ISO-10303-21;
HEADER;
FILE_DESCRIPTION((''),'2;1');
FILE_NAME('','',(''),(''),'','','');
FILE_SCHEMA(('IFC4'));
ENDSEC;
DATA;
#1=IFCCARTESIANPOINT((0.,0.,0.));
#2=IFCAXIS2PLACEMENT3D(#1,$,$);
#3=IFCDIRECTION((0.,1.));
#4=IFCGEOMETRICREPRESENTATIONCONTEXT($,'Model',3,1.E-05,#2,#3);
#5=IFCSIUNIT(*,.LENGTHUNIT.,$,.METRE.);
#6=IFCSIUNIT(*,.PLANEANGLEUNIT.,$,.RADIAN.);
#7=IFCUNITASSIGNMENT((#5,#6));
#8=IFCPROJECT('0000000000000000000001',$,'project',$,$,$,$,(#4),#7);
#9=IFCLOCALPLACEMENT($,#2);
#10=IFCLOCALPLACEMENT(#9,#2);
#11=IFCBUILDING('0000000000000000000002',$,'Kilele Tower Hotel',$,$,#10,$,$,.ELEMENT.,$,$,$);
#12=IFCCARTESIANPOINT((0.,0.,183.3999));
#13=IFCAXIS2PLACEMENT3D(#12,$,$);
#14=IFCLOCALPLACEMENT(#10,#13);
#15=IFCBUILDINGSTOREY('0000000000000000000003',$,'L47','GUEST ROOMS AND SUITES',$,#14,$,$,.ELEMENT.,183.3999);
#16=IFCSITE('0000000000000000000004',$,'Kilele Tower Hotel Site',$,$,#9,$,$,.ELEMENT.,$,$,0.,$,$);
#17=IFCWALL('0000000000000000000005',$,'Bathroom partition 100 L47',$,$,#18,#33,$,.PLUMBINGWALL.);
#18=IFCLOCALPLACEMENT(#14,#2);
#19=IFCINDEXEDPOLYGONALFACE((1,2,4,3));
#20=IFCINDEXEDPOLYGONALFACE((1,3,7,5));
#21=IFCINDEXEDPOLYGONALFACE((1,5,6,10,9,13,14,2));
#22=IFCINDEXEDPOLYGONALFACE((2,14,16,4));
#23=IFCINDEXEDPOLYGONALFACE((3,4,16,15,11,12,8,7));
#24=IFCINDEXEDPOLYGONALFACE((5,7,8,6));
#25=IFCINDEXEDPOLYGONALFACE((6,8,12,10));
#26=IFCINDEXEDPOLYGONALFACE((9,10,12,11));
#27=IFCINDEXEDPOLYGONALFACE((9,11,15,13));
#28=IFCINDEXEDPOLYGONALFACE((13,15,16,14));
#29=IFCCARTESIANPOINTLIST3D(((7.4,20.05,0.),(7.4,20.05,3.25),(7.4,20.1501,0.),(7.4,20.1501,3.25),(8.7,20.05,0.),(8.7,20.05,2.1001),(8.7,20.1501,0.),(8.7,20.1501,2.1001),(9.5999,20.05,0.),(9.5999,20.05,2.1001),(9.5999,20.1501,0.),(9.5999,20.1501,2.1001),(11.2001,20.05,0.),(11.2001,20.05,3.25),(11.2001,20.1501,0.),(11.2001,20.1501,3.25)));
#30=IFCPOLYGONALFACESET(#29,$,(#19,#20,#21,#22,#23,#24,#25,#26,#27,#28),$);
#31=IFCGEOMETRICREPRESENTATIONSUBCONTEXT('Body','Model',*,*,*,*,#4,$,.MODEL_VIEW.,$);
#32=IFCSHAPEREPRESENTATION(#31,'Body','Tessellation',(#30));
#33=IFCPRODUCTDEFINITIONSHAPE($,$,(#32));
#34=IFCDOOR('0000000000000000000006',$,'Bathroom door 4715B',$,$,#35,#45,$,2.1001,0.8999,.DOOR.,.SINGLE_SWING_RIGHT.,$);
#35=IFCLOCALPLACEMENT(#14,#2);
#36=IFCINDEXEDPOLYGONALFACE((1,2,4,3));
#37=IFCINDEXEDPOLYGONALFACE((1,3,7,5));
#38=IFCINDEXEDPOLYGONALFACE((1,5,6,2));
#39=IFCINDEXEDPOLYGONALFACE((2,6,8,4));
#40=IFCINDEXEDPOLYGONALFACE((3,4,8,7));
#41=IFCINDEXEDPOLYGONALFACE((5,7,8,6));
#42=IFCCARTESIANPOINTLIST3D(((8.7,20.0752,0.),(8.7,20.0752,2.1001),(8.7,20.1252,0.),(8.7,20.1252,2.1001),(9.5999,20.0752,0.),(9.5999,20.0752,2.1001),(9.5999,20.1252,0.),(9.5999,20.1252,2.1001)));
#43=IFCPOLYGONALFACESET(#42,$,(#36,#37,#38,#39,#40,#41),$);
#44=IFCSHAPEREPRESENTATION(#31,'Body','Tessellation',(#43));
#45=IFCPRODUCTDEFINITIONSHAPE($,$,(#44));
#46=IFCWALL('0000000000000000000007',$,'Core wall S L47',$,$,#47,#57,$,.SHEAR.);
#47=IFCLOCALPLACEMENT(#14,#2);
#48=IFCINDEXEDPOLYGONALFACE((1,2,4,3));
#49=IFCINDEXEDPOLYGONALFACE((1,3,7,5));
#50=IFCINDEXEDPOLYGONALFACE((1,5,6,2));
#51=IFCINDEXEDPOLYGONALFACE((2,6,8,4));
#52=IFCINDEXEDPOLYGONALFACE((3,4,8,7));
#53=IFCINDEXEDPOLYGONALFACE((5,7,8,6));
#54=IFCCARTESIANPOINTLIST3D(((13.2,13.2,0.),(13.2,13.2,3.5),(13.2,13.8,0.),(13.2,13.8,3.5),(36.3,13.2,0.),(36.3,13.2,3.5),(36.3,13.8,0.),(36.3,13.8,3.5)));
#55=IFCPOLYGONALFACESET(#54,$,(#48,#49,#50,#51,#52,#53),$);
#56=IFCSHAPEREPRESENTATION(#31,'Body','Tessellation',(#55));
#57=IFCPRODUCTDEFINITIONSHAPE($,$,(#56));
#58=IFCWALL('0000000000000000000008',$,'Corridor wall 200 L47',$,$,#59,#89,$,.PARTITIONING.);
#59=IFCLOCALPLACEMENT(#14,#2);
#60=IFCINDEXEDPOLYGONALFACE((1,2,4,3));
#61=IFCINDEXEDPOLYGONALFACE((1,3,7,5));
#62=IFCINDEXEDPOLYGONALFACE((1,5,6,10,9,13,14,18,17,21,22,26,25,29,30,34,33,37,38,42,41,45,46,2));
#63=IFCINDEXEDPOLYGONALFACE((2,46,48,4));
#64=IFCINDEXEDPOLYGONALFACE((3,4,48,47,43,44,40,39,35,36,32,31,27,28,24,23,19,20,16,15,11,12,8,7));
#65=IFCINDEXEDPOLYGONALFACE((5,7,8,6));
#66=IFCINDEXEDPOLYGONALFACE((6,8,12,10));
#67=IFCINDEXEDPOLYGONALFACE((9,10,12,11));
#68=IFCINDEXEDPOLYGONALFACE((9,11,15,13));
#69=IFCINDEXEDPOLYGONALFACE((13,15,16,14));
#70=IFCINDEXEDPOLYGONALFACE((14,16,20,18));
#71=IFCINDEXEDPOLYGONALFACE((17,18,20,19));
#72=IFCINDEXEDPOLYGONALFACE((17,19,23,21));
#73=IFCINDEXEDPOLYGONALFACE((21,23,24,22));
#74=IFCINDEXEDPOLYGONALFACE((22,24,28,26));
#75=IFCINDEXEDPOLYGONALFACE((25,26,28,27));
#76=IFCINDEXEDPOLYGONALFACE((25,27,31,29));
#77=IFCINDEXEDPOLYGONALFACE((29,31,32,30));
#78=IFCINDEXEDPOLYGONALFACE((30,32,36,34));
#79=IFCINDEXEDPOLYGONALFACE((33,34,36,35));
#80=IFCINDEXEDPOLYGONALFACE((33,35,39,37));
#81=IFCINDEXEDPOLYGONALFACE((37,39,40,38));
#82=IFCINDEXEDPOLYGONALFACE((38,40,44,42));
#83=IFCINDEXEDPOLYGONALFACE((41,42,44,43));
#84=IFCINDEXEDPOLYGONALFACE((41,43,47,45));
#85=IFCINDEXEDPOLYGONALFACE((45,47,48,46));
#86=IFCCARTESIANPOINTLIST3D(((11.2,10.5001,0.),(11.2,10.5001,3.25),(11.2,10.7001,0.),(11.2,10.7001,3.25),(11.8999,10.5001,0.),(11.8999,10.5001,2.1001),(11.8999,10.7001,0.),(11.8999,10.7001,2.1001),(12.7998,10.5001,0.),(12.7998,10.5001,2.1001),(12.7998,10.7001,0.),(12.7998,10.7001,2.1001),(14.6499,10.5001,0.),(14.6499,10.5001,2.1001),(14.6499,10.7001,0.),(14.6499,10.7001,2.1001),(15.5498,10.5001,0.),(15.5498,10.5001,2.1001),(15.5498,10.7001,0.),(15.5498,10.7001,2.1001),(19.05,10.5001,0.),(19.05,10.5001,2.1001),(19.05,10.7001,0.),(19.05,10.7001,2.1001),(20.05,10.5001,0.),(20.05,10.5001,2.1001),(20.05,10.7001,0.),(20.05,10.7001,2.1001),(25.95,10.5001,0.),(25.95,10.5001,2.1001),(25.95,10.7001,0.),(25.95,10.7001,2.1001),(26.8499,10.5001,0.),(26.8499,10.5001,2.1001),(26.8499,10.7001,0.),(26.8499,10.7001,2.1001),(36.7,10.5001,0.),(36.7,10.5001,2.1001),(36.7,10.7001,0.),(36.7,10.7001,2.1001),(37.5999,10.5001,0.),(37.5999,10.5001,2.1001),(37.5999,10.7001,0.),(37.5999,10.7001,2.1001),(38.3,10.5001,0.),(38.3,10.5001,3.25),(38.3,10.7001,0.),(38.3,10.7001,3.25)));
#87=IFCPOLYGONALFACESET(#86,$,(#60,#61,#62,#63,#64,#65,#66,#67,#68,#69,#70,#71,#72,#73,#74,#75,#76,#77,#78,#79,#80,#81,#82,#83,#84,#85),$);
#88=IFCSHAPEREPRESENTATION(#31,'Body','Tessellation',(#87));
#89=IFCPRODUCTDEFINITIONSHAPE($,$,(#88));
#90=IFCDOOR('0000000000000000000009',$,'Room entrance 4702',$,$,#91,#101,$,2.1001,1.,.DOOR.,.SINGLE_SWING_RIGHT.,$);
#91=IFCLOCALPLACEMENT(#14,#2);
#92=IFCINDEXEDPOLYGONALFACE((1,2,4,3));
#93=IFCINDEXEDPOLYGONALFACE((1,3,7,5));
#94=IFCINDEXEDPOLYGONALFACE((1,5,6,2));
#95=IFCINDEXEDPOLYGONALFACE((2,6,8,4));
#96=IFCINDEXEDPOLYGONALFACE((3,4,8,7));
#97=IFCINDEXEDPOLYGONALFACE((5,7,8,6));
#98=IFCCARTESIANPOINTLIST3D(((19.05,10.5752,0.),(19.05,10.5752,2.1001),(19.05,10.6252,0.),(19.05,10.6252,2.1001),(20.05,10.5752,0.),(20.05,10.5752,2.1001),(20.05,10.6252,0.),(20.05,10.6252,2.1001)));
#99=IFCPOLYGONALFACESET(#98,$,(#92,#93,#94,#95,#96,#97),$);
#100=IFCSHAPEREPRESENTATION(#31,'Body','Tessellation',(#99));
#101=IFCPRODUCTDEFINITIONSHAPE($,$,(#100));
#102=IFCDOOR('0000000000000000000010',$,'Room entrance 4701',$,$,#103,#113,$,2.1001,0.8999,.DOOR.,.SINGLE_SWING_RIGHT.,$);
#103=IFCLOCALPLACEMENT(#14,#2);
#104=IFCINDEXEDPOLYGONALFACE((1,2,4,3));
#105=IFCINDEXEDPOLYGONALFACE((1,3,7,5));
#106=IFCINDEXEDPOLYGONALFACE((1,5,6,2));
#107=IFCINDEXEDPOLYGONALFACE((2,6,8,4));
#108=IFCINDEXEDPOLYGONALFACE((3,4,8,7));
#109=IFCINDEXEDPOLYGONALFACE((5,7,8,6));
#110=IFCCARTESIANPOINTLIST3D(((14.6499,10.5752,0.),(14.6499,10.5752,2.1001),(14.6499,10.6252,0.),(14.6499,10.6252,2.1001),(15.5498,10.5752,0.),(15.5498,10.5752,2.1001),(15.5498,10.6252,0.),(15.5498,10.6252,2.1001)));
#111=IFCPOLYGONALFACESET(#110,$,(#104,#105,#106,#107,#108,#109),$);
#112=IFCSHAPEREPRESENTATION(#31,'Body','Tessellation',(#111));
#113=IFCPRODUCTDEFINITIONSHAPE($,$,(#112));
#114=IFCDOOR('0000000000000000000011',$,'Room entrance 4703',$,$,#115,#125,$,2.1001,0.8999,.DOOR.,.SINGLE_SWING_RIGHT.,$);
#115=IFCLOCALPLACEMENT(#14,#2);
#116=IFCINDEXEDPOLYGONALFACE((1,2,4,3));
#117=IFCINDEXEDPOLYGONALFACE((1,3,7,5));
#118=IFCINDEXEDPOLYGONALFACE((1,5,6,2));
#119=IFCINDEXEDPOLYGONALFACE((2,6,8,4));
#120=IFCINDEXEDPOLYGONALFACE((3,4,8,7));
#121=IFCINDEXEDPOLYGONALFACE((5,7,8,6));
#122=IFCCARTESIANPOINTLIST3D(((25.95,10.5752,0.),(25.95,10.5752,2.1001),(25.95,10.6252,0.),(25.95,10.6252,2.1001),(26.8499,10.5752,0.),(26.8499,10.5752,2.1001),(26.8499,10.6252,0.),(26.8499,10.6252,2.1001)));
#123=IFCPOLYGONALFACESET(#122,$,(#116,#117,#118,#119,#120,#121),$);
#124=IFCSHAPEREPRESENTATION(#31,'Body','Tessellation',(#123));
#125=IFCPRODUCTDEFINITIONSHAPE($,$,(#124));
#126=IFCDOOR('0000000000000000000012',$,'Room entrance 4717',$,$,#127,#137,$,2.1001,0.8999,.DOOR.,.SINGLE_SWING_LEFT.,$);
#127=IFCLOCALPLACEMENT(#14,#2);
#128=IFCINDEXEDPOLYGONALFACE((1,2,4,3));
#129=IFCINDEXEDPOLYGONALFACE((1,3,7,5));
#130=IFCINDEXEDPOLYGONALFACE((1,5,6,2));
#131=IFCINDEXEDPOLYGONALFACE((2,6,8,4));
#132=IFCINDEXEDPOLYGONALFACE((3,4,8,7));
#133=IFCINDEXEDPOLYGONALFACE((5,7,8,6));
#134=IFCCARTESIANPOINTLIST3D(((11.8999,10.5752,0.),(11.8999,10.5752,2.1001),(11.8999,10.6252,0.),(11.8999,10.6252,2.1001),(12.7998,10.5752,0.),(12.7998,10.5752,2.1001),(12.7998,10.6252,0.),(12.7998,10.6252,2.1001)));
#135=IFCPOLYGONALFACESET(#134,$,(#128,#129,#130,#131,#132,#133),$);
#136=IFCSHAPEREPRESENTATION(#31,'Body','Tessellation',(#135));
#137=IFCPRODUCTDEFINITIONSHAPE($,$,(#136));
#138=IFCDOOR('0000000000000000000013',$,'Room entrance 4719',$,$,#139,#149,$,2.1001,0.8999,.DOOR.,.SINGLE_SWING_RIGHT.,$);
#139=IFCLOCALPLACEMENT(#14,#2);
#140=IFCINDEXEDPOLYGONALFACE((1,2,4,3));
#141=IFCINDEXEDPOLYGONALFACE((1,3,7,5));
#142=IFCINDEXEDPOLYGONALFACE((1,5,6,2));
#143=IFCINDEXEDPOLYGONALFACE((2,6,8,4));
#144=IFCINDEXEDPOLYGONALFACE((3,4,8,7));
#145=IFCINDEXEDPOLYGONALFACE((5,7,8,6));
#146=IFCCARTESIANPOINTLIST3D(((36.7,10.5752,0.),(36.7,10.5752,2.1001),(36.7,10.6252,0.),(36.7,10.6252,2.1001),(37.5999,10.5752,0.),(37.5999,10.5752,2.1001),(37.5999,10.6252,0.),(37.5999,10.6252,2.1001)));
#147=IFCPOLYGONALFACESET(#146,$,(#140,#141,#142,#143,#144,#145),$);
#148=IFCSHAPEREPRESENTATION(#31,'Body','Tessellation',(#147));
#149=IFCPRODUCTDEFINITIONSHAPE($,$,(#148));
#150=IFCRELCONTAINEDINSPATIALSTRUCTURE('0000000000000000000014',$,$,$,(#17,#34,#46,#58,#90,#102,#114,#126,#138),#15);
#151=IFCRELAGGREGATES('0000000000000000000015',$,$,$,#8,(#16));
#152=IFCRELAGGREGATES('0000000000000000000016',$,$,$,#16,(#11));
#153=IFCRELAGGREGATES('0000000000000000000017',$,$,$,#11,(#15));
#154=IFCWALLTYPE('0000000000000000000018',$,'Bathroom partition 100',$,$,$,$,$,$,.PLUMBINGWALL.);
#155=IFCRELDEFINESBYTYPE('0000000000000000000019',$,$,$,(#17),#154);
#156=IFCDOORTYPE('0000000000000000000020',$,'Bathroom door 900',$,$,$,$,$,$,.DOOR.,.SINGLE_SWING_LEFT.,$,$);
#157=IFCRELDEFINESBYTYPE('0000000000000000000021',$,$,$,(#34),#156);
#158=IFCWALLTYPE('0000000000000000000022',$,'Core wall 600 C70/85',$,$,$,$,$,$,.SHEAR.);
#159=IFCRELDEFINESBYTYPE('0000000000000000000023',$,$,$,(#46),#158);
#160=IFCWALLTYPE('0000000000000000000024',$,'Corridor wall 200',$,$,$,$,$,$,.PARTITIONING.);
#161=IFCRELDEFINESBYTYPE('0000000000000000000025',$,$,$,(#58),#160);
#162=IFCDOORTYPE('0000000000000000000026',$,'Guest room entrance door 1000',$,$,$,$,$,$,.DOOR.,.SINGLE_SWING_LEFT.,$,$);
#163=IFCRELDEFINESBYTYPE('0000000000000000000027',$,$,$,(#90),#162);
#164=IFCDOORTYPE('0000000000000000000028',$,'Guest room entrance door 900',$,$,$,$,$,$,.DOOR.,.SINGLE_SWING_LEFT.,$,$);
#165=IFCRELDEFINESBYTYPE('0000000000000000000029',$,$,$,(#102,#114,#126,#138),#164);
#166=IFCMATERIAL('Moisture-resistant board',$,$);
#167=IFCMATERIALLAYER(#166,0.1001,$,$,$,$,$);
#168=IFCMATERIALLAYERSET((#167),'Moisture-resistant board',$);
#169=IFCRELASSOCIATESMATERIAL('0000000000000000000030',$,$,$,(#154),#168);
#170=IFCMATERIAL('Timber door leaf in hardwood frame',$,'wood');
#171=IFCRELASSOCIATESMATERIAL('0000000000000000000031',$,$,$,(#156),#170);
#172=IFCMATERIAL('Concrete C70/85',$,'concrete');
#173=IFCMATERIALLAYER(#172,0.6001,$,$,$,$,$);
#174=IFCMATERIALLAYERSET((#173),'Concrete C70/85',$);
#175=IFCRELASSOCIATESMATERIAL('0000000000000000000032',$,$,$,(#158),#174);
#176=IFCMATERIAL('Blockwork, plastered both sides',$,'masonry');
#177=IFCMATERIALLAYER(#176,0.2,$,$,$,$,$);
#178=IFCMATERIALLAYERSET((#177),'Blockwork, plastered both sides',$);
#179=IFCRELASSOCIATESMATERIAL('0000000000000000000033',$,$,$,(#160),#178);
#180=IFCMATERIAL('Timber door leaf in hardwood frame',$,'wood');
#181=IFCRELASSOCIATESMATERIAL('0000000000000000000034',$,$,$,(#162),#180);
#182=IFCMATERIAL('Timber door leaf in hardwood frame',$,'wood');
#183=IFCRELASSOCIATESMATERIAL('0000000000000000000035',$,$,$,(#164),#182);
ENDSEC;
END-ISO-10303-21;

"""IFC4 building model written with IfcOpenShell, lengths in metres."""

from ifc_helpers import new_model, si_unit, direction, frame, frame_2d, origin, place, context, subcontext, project, spatial, rectangle, extrude, material, layer, layer_set, type_object, element, fill, save


model = new_model("IFC4")

# Units and contexts
model_context = context("Model", 3, precision=1e-05, world=origin(), true_north=direction((0.0, 1.0)))
body_context = subcontext(model_context, "Body", "Model", "MODEL_VIEW")
ifc_project = project(units=[si_unit("LENGTHUNIT", "METRE"), si_unit("PLANEANGLEUNIT", "RADIAN")], contexts=[model_context])

# Site, building, storey
site_placement = place(None, origin())
site = spatial("IfcSite", under=ifc_project, at=site_placement, Name="Kilele Tower Hotel Site", CompositionType="ELEMENT", RefElevation=0.0)
building_placement = place(site_placement, origin())
building = spatial("IfcBuilding", under=site, at=building_placement, Name="Kilele Tower Hotel", CompositionType="ELEMENT")
storey_placement = place(building_placement, frame((0.0, 0.0, 183.3999)))
storey = spatial("IfcBuildingStorey", under=building, at=storey_placement, Name="L47", Description="GUEST ROOMS AND SUITES", CompositionType="ELEMENT", Elevation=183.3999)

# Wall, opening, door
ifc_material_1 = material(Name="Moisture-resistant board")
ifc_layer_1 = layer(ifc_material_1, 0.1001)
ifc_layer_set_1 = layer_set([ifc_layer_1], Name="Moisture-resistant board")
wall_type_1 = type_object("IfcWallType", Name="Bathroom partition 100", PredefinedType="PLUMBINGWALL", material=ifc_layer_set_1)
wall_1_placement = place(storey_placement, frame((11.2, 20.1001, 0.0), z_axis=(0.0, 0.0, 1.0), x_axis=(-1.0, 0.0, 0.0)))
wall_1 = element("IfcWall", 1, at=wall_1_placement, inside=storey, type_object=wall_type_1, Name="Bathroom partition 100 L47", PredefinedType="PLUMBINGWALL", context=body_context, shape_type="SweptSolid", body=[
    extrude(rectangle(XDim=3.8, YDim=0.1001, at=frame_2d((1.8999, 0.0))), origin(), (0.0, 0.0, 1.0), 3.25),
])
opening_1_placement = place(wall_1_placement, frame((1.6001, 0.0, 0.0)))
opening_1 = element("IfcOpeningElement", 2, at=opening_1_placement, cuts=wall_1, PredefinedType="OPENING", context=body_context, shape_type="SweptSolid", body=[
    extrude(rectangle(XDim=0.8999, YDim=2.1001, at=frame_2d((0.45, 1.05))), frame((0.0, 0.0601, 0.0), z_axis=(0.0, -1.0, 0.0), x_axis=(1.0, 0.0, 0.0)), (0.0, 0.0, 1.0), 0.1201),
])
ifc_material_2 = material(Name="Timber door leaf in hardwood frame", Category="wood")
door_type_1 = type_object("IfcDoorType", Name="Bathroom door 900", OperationType="SINGLE_SWING_LEFT", PredefinedType="DOOR", material=ifc_material_2)
door_1_placement = place(opening_1_placement, origin())
door_1 = element("IfcDoor", 3, at=door_1_placement, inside=storey, type_object=door_type_1, Name="Bathroom door 4715B", OperationType="SINGLE_SWING_RIGHT", OverallHeight=2.1001, OverallWidth=0.8999, PredefinedType="DOOR", context=body_context, shape_type="SweptSolid", body=[
    extrude(rectangle(XDim=0.8999, YDim=2.1001, at=frame_2d((0.45, 1.05))), frame((0.0, 0.0249, 0.0), z_axis=(0.0, -1.0, 0.0), x_axis=(1.0, 0.0, 0.0)), (0.0, 0.0, 1.0), 0.05),
])
fill(opening_1, door_1)

# Wall
ifc_material_3 = material(Name="Concrete C70/85", Category="concrete")
ifc_layer_2 = layer(ifc_material_3, 0.6001)
ifc_layer_set_2 = layer_set([ifc_layer_2], Name="Concrete C70/85")
wall_type_2 = type_object("IfcWallType", Name="Core wall 600 C70/85", PredefinedType="SHEAR", material=ifc_layer_set_2)
wall_2_placement = place(storey_placement, frame((13.2, 13.5, 0.0), z_axis=(0.0, 0.0, 1.0), x_axis=(1.0, 0.0, 0.0)))
element("IfcWall", 4, at=wall_2_placement, inside=storey, type_object=wall_type_2, Name="Core wall S L47", PredefinedType="SHEAR", context=body_context, shape_type="SweptSolid", body=[
    extrude(rectangle(XDim=23.1001, YDim=0.6001, at=frame_2d((11.55, 0.0))), origin(), (0.0, 0.0, 1.0), 3.5),
])

# Wall, openings, doors
ifc_material_4 = material(Name="Blockwork, plastered both sides", Category="masonry")
ifc_layer_3 = layer(ifc_material_4, 0.2)
ifc_layer_set_3 = layer_set([ifc_layer_3], Name="Blockwork, plastered both sides")
wall_type_3 = type_object("IfcWallType", Name="Corridor wall 200", PredefinedType="PARTITIONING", material=ifc_layer_set_3)
wall_3_placement = place(storey_placement, frame((11.2, 10.6001, 0.0), z_axis=(0.0, 0.0, 1.0), x_axis=(1.0, 0.0, 0.0)))
wall_3 = element("IfcWall", 5, at=wall_3_placement, inside=storey, type_object=wall_type_3, Name="Corridor wall 200 L47", PredefinedType="PARTITIONING", context=body_context, shape_type="SweptSolid", body=[
    extrude(rectangle(XDim=27.1001, YDim=0.2, at=frame_2d((13.55, 0.0))), origin(), (0.0, 0.0, 1.0), 3.25),
])
opening_2_placement = place(wall_3_placement, frame((4.3499, 0.0, 0.0), z_axis=(0.0, 0.0, 1.0), x_axis=(-1.0, 0.0, 0.0)))
opening_2 = element("IfcOpeningElement", 6, at=opening_2_placement, cuts=wall_3, PredefinedType="OPENING", context=body_context, shape_type="SweptSolid", body=[
    extrude(rectangle(XDim=0.8999, YDim=2.1001, at=frame_2d((0.45, 1.05))), frame((0.0, 0.1099, 0.0), z_axis=(0.0, -1.0, 0.0), x_axis=(1.0, 0.0, 0.0)), (0.0, 0.0, 1.0), 0.22),
])
opening_3_placement = place(wall_3_placement, frame((8.8501, 0.0, 0.0), z_axis=(0.0, 0.0, 1.0), x_axis=(-1.0, 0.0, 0.0)))
opening_3 = element("IfcOpeningElement", 7, at=opening_3_placement, cuts=wall_3, PredefinedType="OPENING", context=body_context, shape_type="SweptSolid", body=[
    extrude(rectangle(XDim=1.0, YDim=2.1001, at=frame_2d((0.5, 1.05))), frame((0.0, 0.1099, 0.0), z_axis=(0.0, -1.0, 0.0), x_axis=(1.0, 0.0, 0.0)), (0.0, 0.0, 1.0), 0.22),
])
opening_4_placement = place(wall_3_placement, frame((15.6499, 0.0, 0.0), z_axis=(0.0, 0.0, 1.0), x_axis=(-1.0, 0.0, 0.0)))
opening_4 = element("IfcOpeningElement", 8, at=opening_4_placement, cuts=wall_3, PredefinedType="OPENING", context=body_context, shape_type="SweptSolid", body=[
    extrude(rectangle(XDim=0.8999, YDim=2.1001, at=frame_2d((0.45, 1.05))), frame((0.0, 0.1099, 0.0), z_axis=(0.0, -1.0, 0.0), x_axis=(1.0, 0.0, 0.0)), (0.0, 0.0, 1.0), 0.22),
])
opening_5_placement = place(wall_3_placement, frame((1.5999, 0.0, 0.0), z_axis=(0.0, 0.0, 1.0), x_axis=(-1.0, 0.0, 0.0)))
opening_5 = element("IfcOpeningElement", 9, at=opening_5_placement, cuts=wall_3, PredefinedType="OPENING", context=body_context, shape_type="SweptSolid", body=[
    extrude(rectangle(XDim=0.8999, YDim=2.1001, at=frame_2d((0.45, 1.05))), frame((0.0, 0.1099, 0.0), z_axis=(0.0, -1.0, 0.0), x_axis=(1.0, 0.0, 0.0)), (0.0, 0.0, 1.0), 0.22),
])
opening_6_placement = place(wall_3_placement, frame((26.3999, 0.0, 0.0), z_axis=(0.0, 0.0, 1.0), x_axis=(-1.0, 0.0, 0.0)))
opening_6 = element("IfcOpeningElement", 10, at=opening_6_placement, cuts=wall_3, PredefinedType="OPENING", context=body_context, shape_type="SweptSolid", body=[
    extrude(rectangle(XDim=0.8999, YDim=2.1001, at=frame_2d((0.45, 1.05))), frame((0.0, 0.1099, 0.0), z_axis=(0.0, -1.0, 0.0), x_axis=(1.0, 0.0, 0.0)), (0.0, 0.0, 1.0), 0.22),
])
ifc_material_5 = material(Name="Timber door leaf in hardwood frame", Category="wood")
door_type_2 = type_object("IfcDoorType", Name="Guest room entrance door 1000", OperationType="SINGLE_SWING_LEFT", PredefinedType="DOOR", material=ifc_material_5)
door_2_placement = place(opening_3_placement, origin())
door_2 = element("IfcDoor", 11, at=door_2_placement, inside=storey, type_object=door_type_2, Name="Room entrance 4702", OperationType="SINGLE_SWING_RIGHT", OverallHeight=2.1001, OverallWidth=1.0, PredefinedType="DOOR", context=body_context, shape_type="SweptSolid", body=[
    extrude(rectangle(XDim=1.0, YDim=2.1001, at=frame_2d((0.5, 1.05))), frame((0.0, 0.0249, 0.0), z_axis=(0.0, -1.0, 0.0), x_axis=(1.0, 0.0, 0.0)), (0.0, 0.0, 1.0), 0.05),
])
fill(opening_3, door_2)
ifc_material_6 = material(Name="Timber door leaf in hardwood frame", Category="wood")
door_type_3 = type_object("IfcDoorType", Name="Guest room entrance door 900", OperationType="SINGLE_SWING_LEFT", PredefinedType="DOOR", material=ifc_material_6)
door_3_placement = place(opening_2_placement, origin())
door_3 = element("IfcDoor", 12, at=door_3_placement, inside=storey, type_object=door_type_3, Name="Room entrance 4701", OperationType="SINGLE_SWING_RIGHT", OverallHeight=2.1001, OverallWidth=0.8999, PredefinedType="DOOR", context=body_context, shape_type="SweptSolid", body=[
    extrude(rectangle(XDim=0.8999, YDim=2.1001, at=frame_2d((0.45, 1.05))), frame((0.0, 0.0249, 0.0), z_axis=(0.0, -1.0, 0.0), x_axis=(1.0, 0.0, 0.0)), (0.0, 0.0, 1.0), 0.05),
])
fill(opening_2, door_3)
door_4_placement = place(opening_4_placement, origin())
door_4 = element("IfcDoor", 13, at=door_4_placement, inside=storey, type_object=door_type_3, Name="Room entrance 4703", OperationType="SINGLE_SWING_RIGHT", OverallHeight=2.1001, OverallWidth=0.8999, PredefinedType="DOOR", context=body_context, shape_type="SweptSolid", body=[
    extrude(rectangle(XDim=0.8999, YDim=2.1001, at=frame_2d((0.45, 1.05))), frame((0.0, 0.0249, 0.0), z_axis=(0.0, -1.0, 0.0), x_axis=(1.0, 0.0, 0.0)), (0.0, 0.0, 1.0), 0.05),
])
fill(opening_4, door_4)
door_5_placement = place(opening_5_placement, origin())
door_5 = element("IfcDoor", 14, at=door_5_placement, inside=storey, type_object=door_type_3, Name="Room entrance 4717", OperationType="SINGLE_SWING_LEFT", OverallHeight=2.1001, OverallWidth=0.8999, PredefinedType="DOOR", context=body_context, shape_type="SweptSolid", body=[
    extrude(rectangle(XDim=0.8999, YDim=2.1001, at=frame_2d((0.45, 1.05))), frame((0.0, 0.0249, 0.0), z_axis=(0.0, -1.0, 0.0), x_axis=(1.0, 0.0, 0.0)), (0.0, 0.0, 1.0), 0.05),
])
fill(opening_5, door_5)
door_6_placement = place(opening_6_placement, origin())
door_6 = element("IfcDoor", 15, at=door_6_placement, inside=storey, type_object=door_type_3, Name="Room entrance 4719", OperationType="SINGLE_SWING_RIGHT", OverallHeight=2.1001, OverallWidth=0.8999, PredefinedType="DOOR", context=body_context, shape_type="SweptSolid", body=[
    extrude(rectangle(XDim=0.8999, YDim=2.1001, at=frame_2d((0.45, 1.05))), frame((0.0, 0.0249, 0.0), z_axis=(0.0, -1.0, 0.0), x_axis=(1.0, 0.0, 0.0)), (0.0, 0.0, 1.0), 0.05),
])
fill(opening_6, door_6)

save(model, "model.ifc")
